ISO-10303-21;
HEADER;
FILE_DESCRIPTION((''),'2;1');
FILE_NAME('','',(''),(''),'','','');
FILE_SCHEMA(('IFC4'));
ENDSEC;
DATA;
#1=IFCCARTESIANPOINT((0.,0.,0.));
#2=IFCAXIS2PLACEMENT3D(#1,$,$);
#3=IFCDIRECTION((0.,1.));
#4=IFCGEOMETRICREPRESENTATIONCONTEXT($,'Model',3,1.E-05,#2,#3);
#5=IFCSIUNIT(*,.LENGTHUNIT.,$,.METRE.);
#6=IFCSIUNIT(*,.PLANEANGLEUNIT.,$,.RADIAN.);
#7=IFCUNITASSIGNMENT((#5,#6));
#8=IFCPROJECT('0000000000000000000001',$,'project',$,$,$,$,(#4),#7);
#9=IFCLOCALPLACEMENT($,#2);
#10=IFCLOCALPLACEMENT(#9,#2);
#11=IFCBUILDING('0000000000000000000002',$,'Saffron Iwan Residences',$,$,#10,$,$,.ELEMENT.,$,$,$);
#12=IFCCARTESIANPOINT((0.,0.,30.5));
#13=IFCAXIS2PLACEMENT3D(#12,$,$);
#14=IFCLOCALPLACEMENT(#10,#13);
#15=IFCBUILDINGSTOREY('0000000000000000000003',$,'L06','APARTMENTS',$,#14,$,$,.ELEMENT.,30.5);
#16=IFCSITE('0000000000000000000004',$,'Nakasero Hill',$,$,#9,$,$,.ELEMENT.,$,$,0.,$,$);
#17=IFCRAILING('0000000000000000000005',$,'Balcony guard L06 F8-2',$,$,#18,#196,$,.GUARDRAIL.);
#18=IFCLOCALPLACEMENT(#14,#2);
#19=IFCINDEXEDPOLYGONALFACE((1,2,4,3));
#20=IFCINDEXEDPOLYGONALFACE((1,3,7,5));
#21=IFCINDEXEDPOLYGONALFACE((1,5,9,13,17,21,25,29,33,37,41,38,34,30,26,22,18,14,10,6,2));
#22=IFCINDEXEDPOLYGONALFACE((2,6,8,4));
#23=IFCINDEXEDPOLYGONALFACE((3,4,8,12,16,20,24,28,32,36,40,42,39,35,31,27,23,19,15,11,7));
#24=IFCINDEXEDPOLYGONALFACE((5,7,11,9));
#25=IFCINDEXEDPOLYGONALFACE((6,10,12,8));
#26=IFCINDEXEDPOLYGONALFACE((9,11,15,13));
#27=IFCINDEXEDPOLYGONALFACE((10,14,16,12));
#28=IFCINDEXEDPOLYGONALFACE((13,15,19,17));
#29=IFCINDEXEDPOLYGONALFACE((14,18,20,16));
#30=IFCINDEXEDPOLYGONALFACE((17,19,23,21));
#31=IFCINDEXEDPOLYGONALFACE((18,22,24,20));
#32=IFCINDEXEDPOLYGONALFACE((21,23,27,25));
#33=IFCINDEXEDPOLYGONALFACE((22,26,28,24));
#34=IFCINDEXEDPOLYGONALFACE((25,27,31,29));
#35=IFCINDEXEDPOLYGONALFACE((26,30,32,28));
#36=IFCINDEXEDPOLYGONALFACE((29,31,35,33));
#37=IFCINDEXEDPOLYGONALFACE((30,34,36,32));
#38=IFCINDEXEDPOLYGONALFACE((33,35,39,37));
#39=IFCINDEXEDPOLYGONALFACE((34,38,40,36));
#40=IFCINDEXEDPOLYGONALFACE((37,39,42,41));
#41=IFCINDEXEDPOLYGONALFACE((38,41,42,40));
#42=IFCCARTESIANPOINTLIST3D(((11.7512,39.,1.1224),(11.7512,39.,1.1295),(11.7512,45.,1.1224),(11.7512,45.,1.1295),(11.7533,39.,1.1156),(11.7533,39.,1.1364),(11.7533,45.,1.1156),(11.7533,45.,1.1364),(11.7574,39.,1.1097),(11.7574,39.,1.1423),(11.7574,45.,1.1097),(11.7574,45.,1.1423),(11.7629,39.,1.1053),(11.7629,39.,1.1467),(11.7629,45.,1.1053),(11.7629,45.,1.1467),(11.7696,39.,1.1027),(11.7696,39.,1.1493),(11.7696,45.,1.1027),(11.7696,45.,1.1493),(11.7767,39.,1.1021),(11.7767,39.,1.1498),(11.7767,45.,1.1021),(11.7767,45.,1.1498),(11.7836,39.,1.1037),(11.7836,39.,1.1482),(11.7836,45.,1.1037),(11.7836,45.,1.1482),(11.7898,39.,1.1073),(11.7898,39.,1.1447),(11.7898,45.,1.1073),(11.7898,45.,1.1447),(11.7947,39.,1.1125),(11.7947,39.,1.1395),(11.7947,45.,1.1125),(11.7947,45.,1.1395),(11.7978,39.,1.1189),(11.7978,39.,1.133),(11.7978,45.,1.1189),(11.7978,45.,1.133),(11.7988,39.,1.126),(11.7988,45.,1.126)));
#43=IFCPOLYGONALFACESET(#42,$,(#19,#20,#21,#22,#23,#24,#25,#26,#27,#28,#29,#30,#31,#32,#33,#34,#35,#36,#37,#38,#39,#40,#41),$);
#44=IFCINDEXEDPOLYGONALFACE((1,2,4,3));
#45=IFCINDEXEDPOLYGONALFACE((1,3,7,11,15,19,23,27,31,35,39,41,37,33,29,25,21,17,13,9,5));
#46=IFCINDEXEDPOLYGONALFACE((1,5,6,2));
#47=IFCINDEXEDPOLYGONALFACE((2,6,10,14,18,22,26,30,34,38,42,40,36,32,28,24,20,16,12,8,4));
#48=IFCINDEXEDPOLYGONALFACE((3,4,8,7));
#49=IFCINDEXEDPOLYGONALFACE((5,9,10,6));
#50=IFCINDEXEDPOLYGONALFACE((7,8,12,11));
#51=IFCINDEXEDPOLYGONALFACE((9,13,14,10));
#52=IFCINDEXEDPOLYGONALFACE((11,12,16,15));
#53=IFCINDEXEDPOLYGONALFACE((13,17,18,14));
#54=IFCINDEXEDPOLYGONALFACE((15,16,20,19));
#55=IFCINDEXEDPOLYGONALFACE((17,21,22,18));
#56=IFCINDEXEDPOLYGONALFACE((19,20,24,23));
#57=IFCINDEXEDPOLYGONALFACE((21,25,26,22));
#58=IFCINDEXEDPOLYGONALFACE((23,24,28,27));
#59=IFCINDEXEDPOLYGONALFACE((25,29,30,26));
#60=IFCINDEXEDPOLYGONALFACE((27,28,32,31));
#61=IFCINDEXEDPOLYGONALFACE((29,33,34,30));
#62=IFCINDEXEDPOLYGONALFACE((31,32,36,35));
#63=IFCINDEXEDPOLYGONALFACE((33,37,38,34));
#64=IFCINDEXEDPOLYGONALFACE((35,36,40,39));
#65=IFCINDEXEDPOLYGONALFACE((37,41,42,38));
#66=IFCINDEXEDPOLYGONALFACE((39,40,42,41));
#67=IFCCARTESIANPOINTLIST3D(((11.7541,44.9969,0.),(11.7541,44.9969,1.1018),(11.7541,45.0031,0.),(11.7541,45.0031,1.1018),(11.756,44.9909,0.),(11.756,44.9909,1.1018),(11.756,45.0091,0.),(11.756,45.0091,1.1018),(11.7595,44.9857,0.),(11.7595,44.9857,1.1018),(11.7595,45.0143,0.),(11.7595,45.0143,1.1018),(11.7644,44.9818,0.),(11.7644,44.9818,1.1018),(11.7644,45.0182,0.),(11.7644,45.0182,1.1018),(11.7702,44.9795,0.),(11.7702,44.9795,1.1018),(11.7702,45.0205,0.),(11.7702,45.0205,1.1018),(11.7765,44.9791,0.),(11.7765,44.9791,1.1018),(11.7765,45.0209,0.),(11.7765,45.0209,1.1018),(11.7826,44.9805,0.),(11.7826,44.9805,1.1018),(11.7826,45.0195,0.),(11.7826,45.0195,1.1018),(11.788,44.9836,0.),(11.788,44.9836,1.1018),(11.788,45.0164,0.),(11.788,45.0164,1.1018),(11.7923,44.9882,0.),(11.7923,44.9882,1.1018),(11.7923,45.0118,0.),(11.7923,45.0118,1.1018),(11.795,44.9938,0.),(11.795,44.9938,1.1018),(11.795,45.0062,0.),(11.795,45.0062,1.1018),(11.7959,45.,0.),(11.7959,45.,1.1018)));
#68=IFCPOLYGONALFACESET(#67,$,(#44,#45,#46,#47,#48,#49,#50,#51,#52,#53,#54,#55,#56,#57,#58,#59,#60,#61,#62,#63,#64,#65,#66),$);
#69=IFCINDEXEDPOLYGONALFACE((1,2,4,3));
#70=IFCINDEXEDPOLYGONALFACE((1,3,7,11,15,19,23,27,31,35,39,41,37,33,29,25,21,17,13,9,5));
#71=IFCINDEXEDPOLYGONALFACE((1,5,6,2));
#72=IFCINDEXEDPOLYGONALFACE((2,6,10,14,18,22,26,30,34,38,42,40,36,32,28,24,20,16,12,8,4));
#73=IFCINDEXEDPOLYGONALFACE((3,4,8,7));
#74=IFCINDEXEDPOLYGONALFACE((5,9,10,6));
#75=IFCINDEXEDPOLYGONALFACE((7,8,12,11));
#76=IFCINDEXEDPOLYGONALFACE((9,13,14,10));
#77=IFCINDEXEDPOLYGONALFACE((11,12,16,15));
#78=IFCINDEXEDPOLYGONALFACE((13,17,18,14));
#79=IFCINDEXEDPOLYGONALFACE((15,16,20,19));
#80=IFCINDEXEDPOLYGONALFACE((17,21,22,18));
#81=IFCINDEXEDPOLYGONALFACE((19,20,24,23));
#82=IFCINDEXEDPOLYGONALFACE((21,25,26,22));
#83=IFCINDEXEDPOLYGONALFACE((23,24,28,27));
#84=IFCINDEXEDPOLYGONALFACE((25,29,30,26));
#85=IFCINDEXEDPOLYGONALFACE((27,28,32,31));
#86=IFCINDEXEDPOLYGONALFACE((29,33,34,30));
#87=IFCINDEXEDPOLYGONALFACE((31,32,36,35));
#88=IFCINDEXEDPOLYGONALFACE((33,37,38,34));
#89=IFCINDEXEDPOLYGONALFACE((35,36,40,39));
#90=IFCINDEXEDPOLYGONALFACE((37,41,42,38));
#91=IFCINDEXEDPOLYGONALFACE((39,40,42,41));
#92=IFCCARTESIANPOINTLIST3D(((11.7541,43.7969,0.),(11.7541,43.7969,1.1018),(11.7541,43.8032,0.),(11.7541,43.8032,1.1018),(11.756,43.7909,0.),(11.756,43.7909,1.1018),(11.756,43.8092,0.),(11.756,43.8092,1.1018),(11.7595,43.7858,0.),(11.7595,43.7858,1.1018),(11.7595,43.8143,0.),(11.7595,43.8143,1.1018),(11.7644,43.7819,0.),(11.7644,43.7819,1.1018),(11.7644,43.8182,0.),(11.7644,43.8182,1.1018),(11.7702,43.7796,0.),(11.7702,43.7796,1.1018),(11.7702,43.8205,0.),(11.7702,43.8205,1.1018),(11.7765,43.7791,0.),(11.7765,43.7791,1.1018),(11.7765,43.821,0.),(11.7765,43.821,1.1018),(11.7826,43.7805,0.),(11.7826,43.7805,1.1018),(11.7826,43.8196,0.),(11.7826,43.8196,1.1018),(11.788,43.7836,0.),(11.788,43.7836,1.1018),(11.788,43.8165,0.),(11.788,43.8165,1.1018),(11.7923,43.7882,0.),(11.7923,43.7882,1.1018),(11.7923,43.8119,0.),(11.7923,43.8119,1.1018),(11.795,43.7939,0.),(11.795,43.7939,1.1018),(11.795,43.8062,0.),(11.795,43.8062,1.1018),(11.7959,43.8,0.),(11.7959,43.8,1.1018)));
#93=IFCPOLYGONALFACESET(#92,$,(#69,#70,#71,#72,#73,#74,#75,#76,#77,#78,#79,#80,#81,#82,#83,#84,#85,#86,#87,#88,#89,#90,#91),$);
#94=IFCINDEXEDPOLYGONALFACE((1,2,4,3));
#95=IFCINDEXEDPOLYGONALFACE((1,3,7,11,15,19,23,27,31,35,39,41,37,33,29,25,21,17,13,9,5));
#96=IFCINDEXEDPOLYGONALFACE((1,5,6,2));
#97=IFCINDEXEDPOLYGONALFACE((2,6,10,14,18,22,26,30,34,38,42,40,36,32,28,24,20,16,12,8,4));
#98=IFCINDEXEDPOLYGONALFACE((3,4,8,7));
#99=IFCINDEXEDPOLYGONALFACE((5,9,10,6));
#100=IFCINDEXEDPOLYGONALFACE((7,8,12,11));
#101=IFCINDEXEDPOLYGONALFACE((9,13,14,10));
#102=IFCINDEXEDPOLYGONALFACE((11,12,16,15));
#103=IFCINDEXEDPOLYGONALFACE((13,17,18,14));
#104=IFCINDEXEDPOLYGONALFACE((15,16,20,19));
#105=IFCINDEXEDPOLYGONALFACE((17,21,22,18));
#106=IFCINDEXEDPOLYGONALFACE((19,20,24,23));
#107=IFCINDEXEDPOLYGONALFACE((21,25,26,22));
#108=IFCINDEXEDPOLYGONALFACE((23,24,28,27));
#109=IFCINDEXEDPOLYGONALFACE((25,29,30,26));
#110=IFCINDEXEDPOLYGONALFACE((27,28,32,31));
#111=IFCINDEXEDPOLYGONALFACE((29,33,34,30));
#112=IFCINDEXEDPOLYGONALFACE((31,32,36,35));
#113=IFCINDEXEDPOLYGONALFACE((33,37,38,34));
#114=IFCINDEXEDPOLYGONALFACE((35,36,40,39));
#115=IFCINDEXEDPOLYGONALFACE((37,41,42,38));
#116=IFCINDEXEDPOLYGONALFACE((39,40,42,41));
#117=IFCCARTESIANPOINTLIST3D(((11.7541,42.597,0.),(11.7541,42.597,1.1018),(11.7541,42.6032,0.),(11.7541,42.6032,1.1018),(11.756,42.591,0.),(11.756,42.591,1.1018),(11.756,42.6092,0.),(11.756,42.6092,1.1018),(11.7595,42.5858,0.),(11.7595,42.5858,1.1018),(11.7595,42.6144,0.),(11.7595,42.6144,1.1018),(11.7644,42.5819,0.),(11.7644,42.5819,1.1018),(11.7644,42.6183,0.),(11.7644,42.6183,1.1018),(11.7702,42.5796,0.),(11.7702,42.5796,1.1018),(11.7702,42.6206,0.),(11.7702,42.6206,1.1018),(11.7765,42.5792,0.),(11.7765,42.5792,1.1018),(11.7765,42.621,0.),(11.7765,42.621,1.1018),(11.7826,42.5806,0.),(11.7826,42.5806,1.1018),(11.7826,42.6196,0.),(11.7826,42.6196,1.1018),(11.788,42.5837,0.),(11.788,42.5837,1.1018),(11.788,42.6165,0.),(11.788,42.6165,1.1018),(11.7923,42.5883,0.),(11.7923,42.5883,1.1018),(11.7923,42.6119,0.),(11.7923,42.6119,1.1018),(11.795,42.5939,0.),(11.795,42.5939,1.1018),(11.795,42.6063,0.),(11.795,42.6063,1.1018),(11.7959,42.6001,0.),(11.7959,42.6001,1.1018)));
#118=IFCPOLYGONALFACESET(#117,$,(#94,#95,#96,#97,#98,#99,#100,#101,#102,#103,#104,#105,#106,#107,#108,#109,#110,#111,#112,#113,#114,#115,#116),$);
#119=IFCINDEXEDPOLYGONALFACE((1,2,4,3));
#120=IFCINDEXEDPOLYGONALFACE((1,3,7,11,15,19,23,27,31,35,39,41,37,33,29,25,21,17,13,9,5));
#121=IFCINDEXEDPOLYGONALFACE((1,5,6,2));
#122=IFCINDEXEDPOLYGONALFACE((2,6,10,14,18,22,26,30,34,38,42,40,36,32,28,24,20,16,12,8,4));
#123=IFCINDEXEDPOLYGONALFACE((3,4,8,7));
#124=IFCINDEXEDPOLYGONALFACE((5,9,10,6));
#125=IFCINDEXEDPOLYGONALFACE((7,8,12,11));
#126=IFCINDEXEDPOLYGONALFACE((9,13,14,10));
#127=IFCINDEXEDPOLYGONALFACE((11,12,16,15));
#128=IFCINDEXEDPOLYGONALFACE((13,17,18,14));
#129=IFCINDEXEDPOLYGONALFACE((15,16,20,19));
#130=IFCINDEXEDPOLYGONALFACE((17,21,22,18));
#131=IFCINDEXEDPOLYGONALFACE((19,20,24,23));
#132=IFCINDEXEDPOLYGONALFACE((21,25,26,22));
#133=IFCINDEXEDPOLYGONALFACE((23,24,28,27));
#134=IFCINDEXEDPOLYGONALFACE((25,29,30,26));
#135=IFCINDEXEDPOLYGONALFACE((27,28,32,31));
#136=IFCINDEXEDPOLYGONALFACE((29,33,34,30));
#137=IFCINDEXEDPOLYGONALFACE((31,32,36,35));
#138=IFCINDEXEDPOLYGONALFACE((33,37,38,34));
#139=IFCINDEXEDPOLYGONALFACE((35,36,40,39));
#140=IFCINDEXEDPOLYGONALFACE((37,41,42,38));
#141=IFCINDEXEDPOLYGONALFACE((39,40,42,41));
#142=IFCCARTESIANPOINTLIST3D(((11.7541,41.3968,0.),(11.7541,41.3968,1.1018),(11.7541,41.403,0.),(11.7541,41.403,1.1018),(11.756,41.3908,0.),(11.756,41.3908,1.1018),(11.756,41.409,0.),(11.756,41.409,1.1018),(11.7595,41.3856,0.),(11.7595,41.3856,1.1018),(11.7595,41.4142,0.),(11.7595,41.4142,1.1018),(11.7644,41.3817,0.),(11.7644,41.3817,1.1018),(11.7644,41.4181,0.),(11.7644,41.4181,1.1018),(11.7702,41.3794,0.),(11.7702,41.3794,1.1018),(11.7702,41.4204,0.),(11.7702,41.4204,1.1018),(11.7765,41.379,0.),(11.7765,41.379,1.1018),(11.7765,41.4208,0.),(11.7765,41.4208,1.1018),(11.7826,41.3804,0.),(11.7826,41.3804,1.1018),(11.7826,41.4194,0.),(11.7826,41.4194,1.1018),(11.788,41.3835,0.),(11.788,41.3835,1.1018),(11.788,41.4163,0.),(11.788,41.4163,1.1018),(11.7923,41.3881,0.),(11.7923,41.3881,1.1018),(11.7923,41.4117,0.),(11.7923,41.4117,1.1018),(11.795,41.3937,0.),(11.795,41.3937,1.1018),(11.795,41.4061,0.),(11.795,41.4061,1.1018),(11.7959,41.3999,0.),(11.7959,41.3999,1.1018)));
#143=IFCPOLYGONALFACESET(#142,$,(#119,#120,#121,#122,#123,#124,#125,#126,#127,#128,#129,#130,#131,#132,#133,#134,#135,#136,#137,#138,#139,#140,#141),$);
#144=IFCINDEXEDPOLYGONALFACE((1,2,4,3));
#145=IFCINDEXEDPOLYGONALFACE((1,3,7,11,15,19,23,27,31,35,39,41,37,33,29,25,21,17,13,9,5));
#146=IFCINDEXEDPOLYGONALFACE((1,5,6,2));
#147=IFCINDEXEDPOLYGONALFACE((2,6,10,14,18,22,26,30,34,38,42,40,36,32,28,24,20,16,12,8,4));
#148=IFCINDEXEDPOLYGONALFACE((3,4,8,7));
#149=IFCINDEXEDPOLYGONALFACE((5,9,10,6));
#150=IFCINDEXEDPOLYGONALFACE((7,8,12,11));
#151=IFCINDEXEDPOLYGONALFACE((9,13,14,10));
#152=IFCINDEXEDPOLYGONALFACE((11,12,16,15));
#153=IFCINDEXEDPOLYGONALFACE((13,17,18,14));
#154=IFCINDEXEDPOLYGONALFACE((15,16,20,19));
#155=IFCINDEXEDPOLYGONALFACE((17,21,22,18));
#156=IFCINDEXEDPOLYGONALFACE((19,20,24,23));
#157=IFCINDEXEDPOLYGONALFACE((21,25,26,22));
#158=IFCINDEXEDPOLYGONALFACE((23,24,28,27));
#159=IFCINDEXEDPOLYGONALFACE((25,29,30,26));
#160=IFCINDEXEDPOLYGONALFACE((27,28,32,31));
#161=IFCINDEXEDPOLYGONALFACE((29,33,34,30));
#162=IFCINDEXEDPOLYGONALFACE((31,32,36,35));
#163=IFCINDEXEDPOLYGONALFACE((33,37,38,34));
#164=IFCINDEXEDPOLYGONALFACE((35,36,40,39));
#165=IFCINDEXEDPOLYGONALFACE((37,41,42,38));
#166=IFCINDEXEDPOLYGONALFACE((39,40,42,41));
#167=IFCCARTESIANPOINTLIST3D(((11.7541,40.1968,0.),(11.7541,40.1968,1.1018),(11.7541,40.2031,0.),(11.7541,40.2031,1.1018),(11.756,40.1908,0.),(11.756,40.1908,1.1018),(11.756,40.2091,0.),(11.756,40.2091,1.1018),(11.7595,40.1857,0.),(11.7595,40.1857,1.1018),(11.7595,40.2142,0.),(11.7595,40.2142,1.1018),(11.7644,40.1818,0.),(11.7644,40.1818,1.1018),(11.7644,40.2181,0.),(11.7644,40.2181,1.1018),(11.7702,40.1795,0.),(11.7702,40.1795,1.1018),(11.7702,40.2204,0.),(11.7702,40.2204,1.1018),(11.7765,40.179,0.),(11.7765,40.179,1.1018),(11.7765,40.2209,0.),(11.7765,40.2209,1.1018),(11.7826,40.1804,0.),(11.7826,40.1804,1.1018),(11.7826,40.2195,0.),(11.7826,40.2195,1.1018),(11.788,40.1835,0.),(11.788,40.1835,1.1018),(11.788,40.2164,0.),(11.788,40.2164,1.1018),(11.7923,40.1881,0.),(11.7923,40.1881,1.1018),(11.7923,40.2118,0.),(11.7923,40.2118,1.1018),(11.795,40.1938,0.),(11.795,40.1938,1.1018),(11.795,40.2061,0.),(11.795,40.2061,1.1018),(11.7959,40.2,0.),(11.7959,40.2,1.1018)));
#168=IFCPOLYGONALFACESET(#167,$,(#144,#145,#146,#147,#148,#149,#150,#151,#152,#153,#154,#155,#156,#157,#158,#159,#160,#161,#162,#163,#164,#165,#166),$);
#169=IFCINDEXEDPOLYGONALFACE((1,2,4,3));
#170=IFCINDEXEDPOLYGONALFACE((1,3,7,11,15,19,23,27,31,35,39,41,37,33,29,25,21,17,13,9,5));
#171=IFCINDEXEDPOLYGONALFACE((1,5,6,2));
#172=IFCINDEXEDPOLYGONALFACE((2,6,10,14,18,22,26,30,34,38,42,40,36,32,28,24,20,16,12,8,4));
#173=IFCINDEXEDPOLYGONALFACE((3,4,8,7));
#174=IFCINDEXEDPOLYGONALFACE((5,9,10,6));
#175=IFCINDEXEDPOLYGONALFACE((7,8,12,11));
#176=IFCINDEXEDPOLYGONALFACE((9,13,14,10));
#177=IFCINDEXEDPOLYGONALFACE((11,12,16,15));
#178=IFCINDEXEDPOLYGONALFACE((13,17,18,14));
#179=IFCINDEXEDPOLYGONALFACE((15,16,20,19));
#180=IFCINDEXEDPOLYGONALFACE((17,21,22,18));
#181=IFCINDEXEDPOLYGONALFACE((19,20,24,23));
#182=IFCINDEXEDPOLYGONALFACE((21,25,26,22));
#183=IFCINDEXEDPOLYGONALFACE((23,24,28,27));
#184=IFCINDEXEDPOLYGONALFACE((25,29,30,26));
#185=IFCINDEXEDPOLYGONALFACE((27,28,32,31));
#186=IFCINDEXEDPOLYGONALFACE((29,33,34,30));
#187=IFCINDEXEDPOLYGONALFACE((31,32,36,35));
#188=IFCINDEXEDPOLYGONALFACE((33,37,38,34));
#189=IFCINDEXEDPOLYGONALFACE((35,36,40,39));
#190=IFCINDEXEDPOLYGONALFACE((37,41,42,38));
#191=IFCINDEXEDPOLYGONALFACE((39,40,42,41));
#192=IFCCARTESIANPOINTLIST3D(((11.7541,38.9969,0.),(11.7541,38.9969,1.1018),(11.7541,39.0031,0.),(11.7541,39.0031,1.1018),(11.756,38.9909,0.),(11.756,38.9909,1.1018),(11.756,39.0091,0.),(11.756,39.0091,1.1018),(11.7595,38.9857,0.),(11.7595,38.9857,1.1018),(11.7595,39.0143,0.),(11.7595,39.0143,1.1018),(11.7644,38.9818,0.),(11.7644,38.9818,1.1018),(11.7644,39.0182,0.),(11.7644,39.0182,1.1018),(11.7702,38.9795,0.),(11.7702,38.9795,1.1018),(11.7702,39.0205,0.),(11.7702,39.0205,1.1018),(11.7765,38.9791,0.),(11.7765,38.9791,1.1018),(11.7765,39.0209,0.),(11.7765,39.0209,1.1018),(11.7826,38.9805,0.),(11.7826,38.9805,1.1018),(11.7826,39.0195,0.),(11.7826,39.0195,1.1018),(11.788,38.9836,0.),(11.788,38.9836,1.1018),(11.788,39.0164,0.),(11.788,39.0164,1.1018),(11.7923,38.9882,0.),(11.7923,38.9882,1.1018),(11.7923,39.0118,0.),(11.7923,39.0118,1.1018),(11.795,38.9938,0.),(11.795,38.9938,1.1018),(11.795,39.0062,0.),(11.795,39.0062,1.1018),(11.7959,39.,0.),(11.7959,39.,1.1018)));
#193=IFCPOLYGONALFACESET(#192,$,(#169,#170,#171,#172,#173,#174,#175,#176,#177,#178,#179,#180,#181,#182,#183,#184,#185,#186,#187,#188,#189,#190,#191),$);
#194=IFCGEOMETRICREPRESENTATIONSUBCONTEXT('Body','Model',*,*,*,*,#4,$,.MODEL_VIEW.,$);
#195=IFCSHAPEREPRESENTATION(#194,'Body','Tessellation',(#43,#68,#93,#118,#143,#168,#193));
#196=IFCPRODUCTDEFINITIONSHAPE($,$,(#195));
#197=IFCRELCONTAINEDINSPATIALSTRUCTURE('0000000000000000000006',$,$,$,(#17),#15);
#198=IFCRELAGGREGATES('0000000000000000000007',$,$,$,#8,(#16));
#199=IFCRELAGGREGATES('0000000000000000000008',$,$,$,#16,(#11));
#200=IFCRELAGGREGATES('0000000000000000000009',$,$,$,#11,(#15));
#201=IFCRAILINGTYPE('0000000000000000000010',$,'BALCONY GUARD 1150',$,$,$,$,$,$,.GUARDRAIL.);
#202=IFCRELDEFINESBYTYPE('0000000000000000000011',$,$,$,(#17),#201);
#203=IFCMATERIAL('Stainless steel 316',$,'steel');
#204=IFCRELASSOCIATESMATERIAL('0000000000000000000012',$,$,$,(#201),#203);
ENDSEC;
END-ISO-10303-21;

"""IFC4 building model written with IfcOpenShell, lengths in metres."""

from ifc_helpers import new_model, si_unit, direction, frame, origin, origin_2d, place, context, subcontext, project, spatial, circle, extrude, material, type_object, element, save


model = new_model("IFC4")

# Units and contexts
model_context = context("Model", 3, precision=1e-05, world=origin(), true_north=direction((0.0, 1.0)))
body_context = subcontext(model_context, "Body", "Model", "MODEL_VIEW")
ifc_project = project(units=[si_unit("LENGTHUNIT", "METRE"), si_unit("PLANEANGLEUNIT", "RADIAN")], contexts=[model_context])

# Site, building, storey
site_placement = place(None, origin())
site = spatial("IfcSite", under=ifc_project, at=site_placement, Name="Nakasero Hill", CompositionType="ELEMENT", RefElevation=0.0)
building_placement = place(site_placement, origin())
building = spatial("IfcBuilding", under=site, at=building_placement, Name="Saffron Iwan Residences", CompositionType="ELEMENT")
storey_placement = place(building_placement, frame((0.0, 0.0, 30.5)))
storey = spatial("IfcBuildingStorey", under=building, at=storey_placement, Name="L06", Description="APARTMENTS", CompositionType="ELEMENT", Elevation=30.5)

# Railing
ifc_material_1 = material(Name="Stainless steel 316", Category="steel")
railing_type = type_object("IfcRailingType", Name="BALCONY GUARD 1150", PredefinedType="GUARDRAIL", material=ifc_material_1)
railing_placement = place(storey_placement, frame((11.7749, 45.0, 0.0)))
element("IfcRailing", 1, at=railing_placement, inside=storey, type_object=railing_type, Name="Balcony guard L06 F8-2", PredefinedType="GUARDRAIL", context=body_context, shape_type="SweptSolid", body=[
    extrude(circle(Radius=0.0239, at=origin_2d()), frame((0.0, 0.0, 1.126), z_axis=(0.0, -1.0, 0.0), x_axis=(1.0, 0.0, 0.0)), (0.0, 0.0, 1.0), 6.0),
    extrude(circle(Radius=0.021, at=origin_2d()), origin(), (0.0, 0.0, 1.0), 1.1018),
    extrude(circle(Radius=0.021, at=origin_2d()), frame((0.0, -1.2, 0.0)), (0.0, 0.0, 1.0), 1.1018),
    extrude(circle(Radius=0.021, at=origin_2d()), frame((0.0, -2.3999, 0.0)), (0.0, 0.0, 1.0), 1.1018),
    extrude(circle(Radius=0.021, at=origin_2d()), frame((0.0, -3.6001, 0.0)), (0.0, 0.0, 1.0), 1.1018),
    extrude(circle(Radius=0.021, at=origin_2d()), frame((0.0, -4.8, 0.0)), (0.0, 0.0, 1.0), 1.1018),
    extrude(circle(Radius=0.021, at=origin_2d()), frame((0.0, -6.0, 0.0)), (0.0, 0.0, 1.0), 1.1018),
])

save(model, "model.ifc")
